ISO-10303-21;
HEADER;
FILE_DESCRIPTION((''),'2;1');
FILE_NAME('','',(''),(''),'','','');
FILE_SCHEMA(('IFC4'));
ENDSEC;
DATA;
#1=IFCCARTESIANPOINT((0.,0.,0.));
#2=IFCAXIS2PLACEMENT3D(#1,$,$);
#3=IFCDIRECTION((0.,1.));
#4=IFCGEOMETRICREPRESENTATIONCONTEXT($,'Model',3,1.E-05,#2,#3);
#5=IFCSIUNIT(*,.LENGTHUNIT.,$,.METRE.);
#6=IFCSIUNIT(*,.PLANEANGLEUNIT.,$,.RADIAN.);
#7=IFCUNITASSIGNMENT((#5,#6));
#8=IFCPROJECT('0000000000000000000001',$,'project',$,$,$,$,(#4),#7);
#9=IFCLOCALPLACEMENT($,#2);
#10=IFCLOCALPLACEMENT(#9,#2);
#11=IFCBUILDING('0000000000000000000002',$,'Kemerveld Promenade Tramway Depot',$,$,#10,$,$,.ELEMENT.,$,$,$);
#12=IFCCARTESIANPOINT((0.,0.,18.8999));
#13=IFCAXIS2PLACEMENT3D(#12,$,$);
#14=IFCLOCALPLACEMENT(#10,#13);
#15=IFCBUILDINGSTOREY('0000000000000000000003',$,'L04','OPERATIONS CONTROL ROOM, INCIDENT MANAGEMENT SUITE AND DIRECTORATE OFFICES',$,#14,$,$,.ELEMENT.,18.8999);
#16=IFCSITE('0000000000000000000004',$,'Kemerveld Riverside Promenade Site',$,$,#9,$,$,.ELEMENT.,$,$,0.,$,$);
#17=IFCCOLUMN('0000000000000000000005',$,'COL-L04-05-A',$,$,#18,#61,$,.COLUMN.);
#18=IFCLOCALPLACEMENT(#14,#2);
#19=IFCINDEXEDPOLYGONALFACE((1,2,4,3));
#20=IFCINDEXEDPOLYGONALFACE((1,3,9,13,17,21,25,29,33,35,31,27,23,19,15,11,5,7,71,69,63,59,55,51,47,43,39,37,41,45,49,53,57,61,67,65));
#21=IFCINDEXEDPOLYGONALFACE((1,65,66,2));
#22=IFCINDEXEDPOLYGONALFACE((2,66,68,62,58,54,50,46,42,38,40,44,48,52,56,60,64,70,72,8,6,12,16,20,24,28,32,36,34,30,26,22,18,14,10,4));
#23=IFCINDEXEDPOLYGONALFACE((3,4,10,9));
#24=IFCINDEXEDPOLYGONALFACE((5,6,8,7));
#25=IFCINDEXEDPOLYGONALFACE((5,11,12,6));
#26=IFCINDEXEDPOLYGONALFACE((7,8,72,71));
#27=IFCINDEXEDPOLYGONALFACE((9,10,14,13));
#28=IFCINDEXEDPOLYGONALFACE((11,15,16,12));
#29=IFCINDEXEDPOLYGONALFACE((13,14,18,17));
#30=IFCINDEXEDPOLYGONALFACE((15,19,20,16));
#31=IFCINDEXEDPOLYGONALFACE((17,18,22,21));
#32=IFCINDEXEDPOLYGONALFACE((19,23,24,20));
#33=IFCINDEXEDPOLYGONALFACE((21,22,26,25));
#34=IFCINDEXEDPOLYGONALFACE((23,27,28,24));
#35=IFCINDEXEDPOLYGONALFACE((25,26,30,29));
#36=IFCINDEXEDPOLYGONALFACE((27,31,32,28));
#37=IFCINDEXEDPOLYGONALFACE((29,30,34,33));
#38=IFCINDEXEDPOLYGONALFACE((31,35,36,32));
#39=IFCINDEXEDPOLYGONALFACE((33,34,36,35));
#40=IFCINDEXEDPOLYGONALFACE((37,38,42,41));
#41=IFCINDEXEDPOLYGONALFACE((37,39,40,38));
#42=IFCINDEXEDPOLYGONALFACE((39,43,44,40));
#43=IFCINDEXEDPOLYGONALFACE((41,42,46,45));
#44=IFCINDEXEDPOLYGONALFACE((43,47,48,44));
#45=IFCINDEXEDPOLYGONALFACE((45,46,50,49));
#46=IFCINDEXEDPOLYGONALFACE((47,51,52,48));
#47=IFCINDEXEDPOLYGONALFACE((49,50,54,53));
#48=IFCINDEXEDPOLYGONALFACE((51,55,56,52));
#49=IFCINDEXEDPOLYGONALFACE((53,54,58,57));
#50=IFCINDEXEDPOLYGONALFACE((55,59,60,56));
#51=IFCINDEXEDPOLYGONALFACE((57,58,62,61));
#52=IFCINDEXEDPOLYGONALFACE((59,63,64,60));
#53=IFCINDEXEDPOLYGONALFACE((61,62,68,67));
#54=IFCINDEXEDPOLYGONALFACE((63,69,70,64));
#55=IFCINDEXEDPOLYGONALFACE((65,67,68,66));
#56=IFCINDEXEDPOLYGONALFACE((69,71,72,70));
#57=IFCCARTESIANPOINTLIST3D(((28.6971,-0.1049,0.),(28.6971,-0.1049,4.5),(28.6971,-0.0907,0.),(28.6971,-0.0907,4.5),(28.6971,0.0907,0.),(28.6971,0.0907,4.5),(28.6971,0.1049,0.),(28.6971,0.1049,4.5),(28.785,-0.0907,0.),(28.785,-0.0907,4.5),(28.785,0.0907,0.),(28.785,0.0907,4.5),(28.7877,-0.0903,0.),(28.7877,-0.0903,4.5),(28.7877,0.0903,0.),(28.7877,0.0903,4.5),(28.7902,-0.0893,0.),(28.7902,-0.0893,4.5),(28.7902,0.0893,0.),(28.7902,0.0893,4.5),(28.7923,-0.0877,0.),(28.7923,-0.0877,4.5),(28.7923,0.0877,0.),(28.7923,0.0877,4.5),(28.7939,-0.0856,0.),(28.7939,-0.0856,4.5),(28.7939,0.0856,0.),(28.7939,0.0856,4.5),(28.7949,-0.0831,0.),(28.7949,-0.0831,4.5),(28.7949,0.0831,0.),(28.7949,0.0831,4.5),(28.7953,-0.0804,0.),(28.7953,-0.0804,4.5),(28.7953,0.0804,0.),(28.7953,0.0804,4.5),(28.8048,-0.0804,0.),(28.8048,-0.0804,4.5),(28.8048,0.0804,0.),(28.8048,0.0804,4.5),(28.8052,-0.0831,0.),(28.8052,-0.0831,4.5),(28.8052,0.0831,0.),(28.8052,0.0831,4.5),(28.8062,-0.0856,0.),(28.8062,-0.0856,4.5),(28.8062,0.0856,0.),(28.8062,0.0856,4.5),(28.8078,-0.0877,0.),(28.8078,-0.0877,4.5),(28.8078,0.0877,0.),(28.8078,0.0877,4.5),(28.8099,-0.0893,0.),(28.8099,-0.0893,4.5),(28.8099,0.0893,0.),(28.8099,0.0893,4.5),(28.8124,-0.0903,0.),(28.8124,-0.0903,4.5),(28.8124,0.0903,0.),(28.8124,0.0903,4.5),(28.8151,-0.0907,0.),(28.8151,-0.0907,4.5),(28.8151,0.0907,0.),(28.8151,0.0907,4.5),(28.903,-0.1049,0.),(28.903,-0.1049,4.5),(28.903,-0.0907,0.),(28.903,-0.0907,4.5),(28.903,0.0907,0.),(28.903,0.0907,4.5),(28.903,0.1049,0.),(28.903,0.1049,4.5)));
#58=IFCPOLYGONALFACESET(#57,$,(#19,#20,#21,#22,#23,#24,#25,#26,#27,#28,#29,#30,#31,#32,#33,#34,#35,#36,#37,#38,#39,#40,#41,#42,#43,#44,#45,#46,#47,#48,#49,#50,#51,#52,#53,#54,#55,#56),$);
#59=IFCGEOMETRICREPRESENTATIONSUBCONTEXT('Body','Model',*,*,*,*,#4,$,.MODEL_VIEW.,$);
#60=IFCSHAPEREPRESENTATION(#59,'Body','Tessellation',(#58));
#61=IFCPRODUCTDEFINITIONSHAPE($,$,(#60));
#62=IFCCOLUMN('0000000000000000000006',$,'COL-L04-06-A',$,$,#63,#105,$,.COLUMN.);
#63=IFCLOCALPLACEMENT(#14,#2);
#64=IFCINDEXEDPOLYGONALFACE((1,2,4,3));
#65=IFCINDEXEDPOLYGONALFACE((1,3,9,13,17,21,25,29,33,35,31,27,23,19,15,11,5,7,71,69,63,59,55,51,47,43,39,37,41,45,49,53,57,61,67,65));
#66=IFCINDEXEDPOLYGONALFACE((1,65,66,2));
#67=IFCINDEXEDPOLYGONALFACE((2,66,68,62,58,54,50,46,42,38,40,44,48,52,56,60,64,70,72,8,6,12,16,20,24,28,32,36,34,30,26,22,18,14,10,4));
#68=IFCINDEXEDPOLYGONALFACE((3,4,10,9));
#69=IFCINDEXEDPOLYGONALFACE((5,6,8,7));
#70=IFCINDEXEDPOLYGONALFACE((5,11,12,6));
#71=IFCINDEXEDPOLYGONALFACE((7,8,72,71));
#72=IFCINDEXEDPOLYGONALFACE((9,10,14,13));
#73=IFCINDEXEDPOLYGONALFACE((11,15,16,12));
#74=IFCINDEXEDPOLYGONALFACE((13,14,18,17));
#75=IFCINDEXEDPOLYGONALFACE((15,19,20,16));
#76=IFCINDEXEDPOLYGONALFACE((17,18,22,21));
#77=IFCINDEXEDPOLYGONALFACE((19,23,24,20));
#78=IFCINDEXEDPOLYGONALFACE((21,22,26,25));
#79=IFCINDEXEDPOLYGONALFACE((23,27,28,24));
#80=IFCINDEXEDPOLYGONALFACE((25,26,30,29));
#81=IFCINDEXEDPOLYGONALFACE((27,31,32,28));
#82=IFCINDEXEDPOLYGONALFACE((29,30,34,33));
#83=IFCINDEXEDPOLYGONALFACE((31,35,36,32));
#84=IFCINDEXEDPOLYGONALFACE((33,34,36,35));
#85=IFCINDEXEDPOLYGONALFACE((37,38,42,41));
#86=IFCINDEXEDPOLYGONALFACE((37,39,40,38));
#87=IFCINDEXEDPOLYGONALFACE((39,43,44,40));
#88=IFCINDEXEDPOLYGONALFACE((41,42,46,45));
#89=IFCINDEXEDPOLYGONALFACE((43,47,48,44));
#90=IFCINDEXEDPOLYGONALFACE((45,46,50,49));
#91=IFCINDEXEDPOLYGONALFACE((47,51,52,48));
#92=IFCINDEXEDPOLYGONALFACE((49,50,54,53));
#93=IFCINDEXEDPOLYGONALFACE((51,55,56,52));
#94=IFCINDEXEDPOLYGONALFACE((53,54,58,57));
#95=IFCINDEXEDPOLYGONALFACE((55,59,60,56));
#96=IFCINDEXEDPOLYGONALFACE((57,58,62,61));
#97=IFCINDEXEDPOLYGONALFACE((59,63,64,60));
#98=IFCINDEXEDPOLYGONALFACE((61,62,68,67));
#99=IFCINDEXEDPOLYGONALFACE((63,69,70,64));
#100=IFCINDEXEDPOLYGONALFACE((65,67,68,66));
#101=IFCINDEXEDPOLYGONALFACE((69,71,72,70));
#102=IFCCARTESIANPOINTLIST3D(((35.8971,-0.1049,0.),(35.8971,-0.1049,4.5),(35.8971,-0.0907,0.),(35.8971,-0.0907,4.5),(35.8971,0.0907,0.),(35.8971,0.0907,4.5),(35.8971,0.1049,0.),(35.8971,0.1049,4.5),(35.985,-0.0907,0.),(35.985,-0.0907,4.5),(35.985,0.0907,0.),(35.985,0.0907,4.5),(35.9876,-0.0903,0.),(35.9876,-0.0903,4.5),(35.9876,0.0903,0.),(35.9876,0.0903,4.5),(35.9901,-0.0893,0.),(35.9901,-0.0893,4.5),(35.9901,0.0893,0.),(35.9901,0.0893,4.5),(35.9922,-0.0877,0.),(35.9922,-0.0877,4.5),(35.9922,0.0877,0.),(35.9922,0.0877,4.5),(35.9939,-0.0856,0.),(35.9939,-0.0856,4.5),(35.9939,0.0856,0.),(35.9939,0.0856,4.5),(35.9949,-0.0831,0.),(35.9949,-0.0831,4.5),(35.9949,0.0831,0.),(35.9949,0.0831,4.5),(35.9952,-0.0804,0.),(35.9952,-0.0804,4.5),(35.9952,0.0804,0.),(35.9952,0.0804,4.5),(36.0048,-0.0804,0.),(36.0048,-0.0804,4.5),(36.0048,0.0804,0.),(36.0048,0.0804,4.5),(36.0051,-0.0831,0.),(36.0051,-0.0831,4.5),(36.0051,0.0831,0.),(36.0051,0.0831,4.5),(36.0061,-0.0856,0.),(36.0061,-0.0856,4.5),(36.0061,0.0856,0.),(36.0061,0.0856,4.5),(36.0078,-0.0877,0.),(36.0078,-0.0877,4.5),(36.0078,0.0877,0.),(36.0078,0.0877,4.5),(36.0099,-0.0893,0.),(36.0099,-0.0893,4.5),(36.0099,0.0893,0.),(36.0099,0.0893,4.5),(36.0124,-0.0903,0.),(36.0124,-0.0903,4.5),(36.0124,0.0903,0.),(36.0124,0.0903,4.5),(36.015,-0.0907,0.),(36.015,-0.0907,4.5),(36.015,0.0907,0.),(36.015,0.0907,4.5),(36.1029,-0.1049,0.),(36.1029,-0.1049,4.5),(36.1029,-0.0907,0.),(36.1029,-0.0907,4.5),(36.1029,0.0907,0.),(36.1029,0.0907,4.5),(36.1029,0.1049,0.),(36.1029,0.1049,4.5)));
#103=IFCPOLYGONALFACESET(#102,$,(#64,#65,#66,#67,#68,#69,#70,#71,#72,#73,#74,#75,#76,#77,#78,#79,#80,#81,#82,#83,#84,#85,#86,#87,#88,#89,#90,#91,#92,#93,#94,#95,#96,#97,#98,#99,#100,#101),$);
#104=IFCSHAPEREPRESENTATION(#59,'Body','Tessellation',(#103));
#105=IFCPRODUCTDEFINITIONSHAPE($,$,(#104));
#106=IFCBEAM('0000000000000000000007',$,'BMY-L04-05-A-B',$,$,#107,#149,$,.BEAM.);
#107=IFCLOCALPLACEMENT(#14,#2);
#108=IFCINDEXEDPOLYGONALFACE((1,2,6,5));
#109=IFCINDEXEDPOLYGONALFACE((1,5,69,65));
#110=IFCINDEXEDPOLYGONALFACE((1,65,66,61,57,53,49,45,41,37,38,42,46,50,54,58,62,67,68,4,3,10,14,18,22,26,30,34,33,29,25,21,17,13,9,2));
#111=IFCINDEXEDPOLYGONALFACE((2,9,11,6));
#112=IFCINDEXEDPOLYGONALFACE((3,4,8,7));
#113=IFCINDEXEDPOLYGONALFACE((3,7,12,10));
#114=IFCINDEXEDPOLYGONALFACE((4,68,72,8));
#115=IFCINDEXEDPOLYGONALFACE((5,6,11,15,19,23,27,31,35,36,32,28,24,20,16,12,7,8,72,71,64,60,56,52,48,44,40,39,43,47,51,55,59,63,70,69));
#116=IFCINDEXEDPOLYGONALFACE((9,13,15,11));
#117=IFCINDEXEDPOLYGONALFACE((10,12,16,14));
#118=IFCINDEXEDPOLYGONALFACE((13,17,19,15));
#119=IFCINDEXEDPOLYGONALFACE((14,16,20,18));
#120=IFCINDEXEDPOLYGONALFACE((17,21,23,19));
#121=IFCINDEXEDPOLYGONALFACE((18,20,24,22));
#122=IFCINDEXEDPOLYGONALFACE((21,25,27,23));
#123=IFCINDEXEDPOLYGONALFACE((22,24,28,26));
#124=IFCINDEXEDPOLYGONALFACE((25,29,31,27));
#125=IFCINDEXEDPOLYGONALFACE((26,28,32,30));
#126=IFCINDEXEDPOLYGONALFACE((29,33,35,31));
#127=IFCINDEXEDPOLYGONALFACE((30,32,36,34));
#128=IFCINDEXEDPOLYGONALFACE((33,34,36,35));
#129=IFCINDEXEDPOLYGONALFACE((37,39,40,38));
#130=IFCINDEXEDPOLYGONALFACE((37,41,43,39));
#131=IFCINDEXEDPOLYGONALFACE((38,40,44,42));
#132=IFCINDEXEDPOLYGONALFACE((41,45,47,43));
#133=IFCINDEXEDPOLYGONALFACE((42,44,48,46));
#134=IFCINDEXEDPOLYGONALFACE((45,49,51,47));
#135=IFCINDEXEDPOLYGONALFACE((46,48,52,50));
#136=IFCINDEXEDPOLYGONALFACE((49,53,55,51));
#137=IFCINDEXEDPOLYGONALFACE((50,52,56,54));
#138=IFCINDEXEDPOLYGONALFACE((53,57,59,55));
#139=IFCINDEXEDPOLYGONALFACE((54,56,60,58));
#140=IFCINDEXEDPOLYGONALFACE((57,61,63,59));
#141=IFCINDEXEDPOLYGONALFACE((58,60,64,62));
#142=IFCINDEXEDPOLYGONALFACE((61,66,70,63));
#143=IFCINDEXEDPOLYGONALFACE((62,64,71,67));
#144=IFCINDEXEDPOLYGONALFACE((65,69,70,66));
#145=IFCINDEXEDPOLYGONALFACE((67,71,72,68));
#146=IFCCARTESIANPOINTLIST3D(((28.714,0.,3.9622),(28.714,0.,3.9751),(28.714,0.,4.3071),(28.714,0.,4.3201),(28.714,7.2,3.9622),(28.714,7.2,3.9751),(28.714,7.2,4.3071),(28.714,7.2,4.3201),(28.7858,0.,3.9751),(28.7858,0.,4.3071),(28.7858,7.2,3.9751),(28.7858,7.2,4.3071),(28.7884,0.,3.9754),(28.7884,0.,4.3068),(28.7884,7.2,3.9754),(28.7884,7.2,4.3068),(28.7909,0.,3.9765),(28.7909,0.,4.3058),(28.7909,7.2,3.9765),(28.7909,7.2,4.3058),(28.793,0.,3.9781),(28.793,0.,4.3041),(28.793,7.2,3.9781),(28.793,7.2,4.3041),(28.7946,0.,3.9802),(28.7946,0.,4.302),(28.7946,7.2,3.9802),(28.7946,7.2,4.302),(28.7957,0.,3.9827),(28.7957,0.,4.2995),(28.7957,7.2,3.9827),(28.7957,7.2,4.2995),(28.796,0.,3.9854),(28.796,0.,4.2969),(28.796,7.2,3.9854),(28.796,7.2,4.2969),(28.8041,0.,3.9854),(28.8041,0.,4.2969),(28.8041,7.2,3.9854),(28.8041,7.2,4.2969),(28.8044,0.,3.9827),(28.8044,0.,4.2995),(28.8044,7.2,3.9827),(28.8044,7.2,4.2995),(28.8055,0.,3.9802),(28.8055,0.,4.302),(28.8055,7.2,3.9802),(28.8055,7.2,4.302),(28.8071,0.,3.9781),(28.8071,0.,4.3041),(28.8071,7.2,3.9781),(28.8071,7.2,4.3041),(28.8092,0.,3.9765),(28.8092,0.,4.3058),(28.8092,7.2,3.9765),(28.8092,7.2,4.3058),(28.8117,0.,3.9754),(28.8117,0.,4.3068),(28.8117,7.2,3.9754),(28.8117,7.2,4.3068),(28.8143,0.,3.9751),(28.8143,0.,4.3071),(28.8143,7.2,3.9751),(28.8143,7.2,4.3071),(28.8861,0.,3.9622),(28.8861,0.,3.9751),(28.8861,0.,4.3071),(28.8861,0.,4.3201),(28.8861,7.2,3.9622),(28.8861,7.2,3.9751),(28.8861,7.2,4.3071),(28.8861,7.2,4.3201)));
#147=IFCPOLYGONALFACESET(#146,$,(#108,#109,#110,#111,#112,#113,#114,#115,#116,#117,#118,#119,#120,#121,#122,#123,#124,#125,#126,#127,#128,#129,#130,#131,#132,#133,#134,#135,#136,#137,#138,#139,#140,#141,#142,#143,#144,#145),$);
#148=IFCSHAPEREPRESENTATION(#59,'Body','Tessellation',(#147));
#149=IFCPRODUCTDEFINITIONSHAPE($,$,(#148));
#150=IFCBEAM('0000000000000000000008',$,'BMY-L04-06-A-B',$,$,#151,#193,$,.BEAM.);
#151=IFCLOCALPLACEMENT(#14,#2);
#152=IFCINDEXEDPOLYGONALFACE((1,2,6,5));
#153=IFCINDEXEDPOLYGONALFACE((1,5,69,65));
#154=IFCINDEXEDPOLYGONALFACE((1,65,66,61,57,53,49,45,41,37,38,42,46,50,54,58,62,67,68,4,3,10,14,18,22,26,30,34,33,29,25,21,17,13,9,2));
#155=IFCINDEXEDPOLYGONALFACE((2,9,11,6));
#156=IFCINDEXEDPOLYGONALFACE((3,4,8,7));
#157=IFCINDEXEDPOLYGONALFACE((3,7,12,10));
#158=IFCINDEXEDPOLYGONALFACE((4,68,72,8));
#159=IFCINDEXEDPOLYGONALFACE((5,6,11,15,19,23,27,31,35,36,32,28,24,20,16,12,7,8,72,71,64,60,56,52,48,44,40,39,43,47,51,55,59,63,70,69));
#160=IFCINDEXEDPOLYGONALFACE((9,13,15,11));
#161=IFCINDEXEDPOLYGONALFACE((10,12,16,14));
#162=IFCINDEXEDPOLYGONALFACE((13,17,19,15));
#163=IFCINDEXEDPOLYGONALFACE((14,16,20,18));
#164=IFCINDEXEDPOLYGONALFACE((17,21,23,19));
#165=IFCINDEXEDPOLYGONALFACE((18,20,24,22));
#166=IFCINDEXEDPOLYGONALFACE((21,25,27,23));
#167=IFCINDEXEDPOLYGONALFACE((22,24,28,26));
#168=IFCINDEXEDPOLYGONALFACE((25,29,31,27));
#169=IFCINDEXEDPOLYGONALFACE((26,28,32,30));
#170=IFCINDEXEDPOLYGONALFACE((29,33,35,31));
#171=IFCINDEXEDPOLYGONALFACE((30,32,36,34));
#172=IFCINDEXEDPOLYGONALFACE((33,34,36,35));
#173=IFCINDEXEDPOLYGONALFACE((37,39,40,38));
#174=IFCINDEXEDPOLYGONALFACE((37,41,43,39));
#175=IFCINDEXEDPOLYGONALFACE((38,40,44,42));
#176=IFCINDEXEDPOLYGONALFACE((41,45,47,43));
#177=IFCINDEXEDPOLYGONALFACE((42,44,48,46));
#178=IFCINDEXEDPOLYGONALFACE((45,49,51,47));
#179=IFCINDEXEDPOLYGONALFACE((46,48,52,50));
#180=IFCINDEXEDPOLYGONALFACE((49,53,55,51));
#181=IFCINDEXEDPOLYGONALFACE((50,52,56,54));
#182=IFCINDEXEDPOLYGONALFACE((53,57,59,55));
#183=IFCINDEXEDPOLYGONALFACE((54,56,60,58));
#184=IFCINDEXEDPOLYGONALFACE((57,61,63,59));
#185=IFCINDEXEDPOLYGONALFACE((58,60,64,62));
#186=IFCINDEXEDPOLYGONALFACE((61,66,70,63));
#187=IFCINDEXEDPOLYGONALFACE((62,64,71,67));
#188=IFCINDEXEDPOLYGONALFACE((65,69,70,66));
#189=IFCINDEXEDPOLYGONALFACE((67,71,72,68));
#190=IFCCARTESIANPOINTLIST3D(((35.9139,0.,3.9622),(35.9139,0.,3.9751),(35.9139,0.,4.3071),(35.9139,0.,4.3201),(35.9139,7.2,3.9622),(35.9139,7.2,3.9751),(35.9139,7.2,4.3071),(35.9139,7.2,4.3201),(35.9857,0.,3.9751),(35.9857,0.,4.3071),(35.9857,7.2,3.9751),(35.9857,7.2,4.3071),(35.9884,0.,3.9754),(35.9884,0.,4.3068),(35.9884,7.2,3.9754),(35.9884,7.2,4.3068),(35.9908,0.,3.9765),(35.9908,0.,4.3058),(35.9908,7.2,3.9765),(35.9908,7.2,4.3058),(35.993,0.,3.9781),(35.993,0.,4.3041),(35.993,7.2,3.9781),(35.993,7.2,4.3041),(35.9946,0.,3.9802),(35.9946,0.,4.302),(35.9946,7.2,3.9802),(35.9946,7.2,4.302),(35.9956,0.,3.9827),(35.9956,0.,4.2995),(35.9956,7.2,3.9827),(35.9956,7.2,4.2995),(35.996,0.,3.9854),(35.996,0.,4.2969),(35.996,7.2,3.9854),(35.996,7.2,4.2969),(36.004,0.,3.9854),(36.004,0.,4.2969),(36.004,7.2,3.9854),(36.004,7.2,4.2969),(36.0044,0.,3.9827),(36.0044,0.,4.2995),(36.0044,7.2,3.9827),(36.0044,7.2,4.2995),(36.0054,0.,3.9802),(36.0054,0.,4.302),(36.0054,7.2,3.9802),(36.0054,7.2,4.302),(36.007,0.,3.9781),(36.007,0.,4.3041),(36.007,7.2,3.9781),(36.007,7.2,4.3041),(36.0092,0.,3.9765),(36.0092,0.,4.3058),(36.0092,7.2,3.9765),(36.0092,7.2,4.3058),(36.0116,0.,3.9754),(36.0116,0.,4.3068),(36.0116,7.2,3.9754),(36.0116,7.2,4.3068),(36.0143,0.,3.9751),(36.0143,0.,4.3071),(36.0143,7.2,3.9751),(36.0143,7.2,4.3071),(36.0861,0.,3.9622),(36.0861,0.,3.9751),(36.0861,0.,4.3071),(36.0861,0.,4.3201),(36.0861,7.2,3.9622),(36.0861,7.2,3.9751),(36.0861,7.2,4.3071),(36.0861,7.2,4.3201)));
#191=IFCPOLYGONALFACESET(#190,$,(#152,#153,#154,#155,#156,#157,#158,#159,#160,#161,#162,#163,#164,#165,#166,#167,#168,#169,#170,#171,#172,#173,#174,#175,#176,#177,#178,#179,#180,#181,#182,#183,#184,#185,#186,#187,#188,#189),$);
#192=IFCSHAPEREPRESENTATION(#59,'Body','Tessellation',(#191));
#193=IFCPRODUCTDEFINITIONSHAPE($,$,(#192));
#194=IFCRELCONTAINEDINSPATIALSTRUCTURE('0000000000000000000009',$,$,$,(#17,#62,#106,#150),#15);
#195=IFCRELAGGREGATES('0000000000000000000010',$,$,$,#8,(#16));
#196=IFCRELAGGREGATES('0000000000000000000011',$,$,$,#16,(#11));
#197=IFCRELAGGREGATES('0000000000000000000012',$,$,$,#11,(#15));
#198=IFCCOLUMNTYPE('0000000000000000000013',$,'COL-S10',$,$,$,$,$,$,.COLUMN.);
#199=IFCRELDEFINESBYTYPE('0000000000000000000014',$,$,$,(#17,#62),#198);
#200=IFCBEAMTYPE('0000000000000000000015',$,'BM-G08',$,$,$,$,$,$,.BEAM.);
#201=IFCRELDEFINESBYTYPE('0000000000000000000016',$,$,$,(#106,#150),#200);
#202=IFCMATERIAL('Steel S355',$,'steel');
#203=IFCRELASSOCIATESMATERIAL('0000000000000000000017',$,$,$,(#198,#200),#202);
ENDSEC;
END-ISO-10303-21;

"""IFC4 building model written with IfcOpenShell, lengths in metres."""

from ifc_helpers import new_model, si_unit, direction, frame, origin, origin_2d, place, context, subcontext, project, spatial, i_section, extrude, material, material_profile, profile_set, type_object, element, save


model = new_model("IFC4")

# Units and contexts
model_context = context("Model", 3, precision=1e-05, world=origin(), true_north=direction((0.0, 1.0)))
body_context = subcontext(model_context, "Body", "Model", "MODEL_VIEW")
ifc_project = project(units=[si_unit("LENGTHUNIT", "METRE"), si_unit("PLANEANGLEUNIT", "RADIAN")], contexts=[model_context])

# Site, building, storey
site_placement = place(None, origin())
site = spatial("IfcSite", under=ifc_project, at=site_placement, Name="Kemerveld Riverside Promenade Site", CompositionType="ELEMENT", RefElevation=0.0)
building_placement = place(site_placement, origin())
building = spatial("IfcBuilding", under=site, at=building_placement, Name="Kemerveld Promenade Tramway Depot", CompositionType="ELEMENT")
storey_placement = place(building_placement, frame((0.0, 0.0, 18.8999)))
storey = spatial("IfcBuildingStorey", under=building, at=storey_placement, Name="L04", Description="OPERATIONS CONTROL ROOM, INCIDENT MANAGEMENT SUITE AND DIRECTORATE OFFICES", CompositionType="ELEMENT", Elevation=18.8999)

# Columns
ifc_material_1 = material(Name="Steel S355", Category="steel")
ifc_material_profile_1 = material_profile(ifc_material_1, i_section(OverallWidth=0.2058, OverallDepth=0.2097, WebThickness=0.0095, FlangeThickness=0.0142, FilletRadius=0.0103, at=origin_2d()), Name="203x203x60 UC")
ifc_profile_set_1 = profile_set([ifc_material_profile_1], Name="Steel S355")
column_type = type_object("IfcColumnType", Name="COL-S10", PredefinedType="COLUMN", material=ifc_profile_set_1)
for number, where, z_axis, x_axis, name in (
    (1, (28.8, 0.0, 0.0), (0.0, 0.0, 1.0), (1.0, 0.0, 0.0), "COL-L04-05-A"),
    (2, (36.0, 0.0, 0.0), (0.0, 0.0, 1.0), (1.0, 0.0, 0.0), "COL-L04-06-A"),
):
    element("IfcColumn", number, at=place(storey_placement, frame(where, z_axis=z_axis, x_axis=x_axis)), inside=storey, type_object=column_type, Name=name, PredefinedType="COLUMN", context=body_context, shape_type="SweptSolid", body=[
        extrude(i_section(OverallWidth=0.2058, OverallDepth=0.2097, WebThickness=0.0095, FlangeThickness=0.0142, FilletRadius=0.0103, at=origin_2d()), origin(), (0.0, 0.0, 1.0), 4.5),
    ])

# Beams
ifc_material_profile_2 = material_profile(ifc_material_1, i_section(OverallWidth=0.1721, OverallDepth=0.3579, WebThickness=0.0081, FlangeThickness=0.0129, FilletRadius=0.0103, at=origin_2d()), Name="356x171x57 UB")
ifc_profile_set_2 = profile_set([ifc_material_profile_2], Name="Steel S355")
beam_type_1 = type_object("IfcBeamType", Name="BM-G08", PredefinedType="BEAM", material=ifc_profile_set_2)
for number, where, z_axis, x_axis, name in (
    (3, (28.8, 0.0, 4.1411), (0.0, 1.0, 0.0), (-1.0, 0.0, 0.0), "BMY-L04-05-A-B"),
    (4, (36.0, 0.0, 4.1411), (0.0, 1.0, 0.0), (-1.0, 0.0, 0.0), "BMY-L04-06-A-B"),
):
    element("IfcBeam", number, at=place(storey_placement, frame(where, z_axis=z_axis, x_axis=x_axis)), inside=storey, type_object=beam_type_1, Name=name, PredefinedType="BEAM", context=body_context, shape_type="SweptSolid", body=[
        extrude(i_section(OverallWidth=0.1721, OverallDepth=0.3579, WebThickness=0.0081, FlangeThickness=0.0129, FilletRadius=0.0103, at=origin_2d()), origin(), (0.0, 0.0, 1.0), 7.2),
    ])

save(model, "model.ifc")
